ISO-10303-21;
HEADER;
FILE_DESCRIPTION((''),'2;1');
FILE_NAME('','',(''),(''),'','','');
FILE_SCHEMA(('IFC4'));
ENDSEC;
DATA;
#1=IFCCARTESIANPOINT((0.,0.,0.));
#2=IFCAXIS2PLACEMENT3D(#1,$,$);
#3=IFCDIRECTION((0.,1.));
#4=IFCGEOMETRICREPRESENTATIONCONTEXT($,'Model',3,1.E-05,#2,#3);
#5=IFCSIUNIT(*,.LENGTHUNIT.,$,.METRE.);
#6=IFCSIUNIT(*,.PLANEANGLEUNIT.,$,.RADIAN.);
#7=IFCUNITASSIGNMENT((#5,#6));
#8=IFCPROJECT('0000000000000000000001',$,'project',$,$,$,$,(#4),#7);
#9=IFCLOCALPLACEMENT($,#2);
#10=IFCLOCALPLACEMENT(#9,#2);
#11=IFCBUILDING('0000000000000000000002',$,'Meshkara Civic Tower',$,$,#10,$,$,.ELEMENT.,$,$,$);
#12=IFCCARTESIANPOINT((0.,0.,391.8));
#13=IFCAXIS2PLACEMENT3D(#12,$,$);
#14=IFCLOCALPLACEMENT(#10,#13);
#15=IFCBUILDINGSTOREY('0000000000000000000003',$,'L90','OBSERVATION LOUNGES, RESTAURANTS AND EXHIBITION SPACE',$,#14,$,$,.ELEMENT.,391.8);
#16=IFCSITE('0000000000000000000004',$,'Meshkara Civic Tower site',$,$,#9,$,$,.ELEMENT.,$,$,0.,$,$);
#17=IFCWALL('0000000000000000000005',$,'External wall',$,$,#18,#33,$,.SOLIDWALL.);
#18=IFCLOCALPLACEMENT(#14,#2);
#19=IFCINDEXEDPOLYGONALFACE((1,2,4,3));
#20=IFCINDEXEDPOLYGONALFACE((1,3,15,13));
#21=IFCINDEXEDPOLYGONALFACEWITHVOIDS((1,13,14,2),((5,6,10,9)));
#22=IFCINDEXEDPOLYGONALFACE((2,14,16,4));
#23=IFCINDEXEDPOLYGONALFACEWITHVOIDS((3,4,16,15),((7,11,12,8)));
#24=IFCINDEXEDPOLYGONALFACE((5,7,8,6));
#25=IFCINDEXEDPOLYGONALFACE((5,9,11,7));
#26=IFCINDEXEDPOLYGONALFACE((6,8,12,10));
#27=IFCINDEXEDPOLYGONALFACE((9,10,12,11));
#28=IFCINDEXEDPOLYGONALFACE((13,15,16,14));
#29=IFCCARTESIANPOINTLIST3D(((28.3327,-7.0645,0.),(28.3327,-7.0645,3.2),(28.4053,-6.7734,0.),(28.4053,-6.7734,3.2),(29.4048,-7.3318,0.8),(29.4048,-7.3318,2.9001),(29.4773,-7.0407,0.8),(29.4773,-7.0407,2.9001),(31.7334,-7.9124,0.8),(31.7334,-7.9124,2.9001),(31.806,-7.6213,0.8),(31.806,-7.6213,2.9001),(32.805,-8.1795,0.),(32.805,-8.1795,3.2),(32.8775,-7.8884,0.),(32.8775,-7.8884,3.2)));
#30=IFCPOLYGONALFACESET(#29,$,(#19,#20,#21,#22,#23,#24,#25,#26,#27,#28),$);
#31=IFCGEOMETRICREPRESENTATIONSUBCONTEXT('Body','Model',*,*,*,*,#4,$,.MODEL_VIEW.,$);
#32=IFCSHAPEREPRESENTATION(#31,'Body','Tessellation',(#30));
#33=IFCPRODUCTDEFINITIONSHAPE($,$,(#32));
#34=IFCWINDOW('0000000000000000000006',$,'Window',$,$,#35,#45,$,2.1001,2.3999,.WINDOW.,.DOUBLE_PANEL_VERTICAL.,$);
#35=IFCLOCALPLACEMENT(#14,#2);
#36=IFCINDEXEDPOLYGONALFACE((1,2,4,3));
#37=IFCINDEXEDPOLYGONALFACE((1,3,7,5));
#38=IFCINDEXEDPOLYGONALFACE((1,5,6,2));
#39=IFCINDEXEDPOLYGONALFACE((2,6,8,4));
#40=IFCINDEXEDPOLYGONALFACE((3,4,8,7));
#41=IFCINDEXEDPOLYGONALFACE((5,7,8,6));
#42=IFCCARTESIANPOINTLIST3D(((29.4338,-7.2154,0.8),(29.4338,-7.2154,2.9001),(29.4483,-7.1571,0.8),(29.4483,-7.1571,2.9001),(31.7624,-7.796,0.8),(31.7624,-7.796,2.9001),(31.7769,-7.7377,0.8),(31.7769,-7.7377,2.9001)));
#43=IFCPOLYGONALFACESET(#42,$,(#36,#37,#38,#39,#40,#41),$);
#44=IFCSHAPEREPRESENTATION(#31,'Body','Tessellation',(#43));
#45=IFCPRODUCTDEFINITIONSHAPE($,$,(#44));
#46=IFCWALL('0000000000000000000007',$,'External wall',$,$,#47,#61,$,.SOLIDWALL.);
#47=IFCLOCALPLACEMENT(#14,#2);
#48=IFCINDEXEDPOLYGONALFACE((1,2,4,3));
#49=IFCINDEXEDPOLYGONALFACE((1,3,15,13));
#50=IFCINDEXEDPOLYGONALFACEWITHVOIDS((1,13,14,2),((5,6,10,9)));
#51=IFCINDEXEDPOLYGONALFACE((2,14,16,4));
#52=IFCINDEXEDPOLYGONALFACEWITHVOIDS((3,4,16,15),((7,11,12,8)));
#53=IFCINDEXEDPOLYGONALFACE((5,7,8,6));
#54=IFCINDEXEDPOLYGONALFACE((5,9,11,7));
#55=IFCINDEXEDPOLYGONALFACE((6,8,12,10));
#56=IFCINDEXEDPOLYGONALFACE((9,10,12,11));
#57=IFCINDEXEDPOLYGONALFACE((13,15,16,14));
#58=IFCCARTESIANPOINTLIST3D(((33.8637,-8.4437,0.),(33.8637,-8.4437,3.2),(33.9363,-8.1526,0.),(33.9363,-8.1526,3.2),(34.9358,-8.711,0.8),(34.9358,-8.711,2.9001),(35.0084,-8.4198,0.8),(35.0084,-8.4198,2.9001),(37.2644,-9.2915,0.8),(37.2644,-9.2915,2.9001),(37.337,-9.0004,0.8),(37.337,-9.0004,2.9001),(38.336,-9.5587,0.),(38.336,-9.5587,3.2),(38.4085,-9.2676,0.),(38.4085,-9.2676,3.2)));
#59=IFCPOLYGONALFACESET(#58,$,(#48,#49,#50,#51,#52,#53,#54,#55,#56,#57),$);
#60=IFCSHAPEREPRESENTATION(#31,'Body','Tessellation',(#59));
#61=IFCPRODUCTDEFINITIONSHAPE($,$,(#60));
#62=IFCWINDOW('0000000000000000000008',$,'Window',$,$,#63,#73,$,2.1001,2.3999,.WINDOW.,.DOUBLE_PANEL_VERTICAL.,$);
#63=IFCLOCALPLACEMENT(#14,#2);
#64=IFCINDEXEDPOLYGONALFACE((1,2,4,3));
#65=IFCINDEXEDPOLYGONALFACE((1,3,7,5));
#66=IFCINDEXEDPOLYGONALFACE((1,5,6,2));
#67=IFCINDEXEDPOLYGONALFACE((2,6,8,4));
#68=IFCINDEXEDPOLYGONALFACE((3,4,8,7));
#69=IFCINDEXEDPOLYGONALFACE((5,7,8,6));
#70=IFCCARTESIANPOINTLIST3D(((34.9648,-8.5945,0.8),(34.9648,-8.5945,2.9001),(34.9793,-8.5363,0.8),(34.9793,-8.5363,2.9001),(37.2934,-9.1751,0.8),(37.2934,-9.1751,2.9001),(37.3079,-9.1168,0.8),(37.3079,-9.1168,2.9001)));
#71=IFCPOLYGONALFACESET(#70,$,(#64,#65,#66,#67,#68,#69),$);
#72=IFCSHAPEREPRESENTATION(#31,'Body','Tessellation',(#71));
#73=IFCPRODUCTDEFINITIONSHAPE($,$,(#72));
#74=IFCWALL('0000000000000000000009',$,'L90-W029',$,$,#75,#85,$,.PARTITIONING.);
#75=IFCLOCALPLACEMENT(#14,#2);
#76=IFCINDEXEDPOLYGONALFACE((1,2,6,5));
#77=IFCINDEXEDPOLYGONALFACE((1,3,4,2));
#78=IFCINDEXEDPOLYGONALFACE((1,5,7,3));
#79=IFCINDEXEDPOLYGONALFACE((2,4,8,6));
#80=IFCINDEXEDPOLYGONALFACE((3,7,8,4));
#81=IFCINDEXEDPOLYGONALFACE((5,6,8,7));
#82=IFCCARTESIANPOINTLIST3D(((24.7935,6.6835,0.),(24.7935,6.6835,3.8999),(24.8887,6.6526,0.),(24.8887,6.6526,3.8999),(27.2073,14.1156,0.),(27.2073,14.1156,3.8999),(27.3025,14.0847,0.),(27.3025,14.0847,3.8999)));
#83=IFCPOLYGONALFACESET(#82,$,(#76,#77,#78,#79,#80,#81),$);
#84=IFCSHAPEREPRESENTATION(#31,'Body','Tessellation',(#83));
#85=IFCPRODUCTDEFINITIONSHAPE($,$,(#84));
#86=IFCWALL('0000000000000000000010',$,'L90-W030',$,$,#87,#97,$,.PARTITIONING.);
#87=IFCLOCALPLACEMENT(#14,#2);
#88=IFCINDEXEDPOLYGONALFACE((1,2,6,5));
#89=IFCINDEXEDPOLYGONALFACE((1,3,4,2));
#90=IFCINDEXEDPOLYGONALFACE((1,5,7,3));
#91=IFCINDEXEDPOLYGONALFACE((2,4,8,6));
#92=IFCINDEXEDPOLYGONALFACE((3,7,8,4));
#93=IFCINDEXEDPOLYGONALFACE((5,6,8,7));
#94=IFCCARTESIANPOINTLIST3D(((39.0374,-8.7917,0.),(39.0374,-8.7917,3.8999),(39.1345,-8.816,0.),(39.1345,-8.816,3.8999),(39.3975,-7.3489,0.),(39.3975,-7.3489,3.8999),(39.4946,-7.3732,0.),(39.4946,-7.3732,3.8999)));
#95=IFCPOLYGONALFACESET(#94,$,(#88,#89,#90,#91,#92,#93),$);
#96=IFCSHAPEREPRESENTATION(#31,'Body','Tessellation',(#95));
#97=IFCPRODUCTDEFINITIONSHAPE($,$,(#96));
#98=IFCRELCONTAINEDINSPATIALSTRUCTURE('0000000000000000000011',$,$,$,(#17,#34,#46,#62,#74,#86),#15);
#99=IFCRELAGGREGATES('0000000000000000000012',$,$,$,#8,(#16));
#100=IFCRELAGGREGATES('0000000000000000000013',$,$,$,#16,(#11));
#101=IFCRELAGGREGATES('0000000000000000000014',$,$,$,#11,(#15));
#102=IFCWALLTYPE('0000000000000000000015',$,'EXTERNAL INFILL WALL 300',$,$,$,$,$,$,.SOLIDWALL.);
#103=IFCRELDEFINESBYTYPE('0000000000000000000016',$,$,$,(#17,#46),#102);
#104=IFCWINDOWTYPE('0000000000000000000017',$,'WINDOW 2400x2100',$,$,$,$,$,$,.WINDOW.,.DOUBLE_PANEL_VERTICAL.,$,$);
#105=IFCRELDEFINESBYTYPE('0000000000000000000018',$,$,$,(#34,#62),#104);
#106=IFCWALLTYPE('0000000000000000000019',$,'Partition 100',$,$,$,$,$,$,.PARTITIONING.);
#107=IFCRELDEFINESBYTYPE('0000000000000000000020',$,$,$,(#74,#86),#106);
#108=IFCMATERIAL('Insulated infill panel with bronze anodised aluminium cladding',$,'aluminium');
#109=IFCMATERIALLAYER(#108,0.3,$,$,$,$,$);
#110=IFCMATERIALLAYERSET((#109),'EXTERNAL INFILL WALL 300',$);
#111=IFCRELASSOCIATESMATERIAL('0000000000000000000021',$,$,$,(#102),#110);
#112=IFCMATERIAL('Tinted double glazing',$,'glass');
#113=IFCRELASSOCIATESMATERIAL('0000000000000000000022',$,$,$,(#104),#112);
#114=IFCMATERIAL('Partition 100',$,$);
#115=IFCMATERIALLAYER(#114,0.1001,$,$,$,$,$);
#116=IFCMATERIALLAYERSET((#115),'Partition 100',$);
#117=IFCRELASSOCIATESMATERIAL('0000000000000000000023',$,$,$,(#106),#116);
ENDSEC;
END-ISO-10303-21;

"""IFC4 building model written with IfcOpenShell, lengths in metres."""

from ifc_helpers import new_model, si_unit, direction, frame, frame_2d, origin, place, context, subcontext, project, spatial, rectangle, extrude, material, layer, layer_set, type_object, element, fill, save


model = new_model("IFC4")

# Units and contexts
model_context = context("Model", 3, precision=1e-05, world=origin(), true_north=direction((0.0, 1.0)))
body_context = subcontext(model_context, "Body", "Model", "MODEL_VIEW")
ifc_project = project(units=[si_unit("LENGTHUNIT", "METRE"), si_unit("PLANEANGLEUNIT", "RADIAN")], contexts=[model_context])

# Site, building, storey
site_placement = place(None, origin())
site = spatial("IfcSite", under=ifc_project, at=site_placement, Name="Meshkara Civic Tower site", CompositionType="ELEMENT", RefElevation=0.0)
building_placement = place(site_placement, origin())
building = spatial("IfcBuilding", under=site, at=building_placement, Name="Meshkara Civic Tower", CompositionType="ELEMENT")
storey_placement = place(building_placement, frame((0.0, 0.0, 391.8)))
storey = spatial("IfcBuildingStorey", under=building, at=storey_placement, Name="L90", Description="OBSERVATION LOUNGES, RESTAURANTS AND EXHIBITION SPACE", CompositionType="ELEMENT", Elevation=391.8)

# Walls, openings, windows
ifc_material_1 = material(Name="Insulated infill panel with bronze anodised aluminium cladding", Category="aluminium")
ifc_layer_1 = layer(ifc_material_1, 0.3)
ifc_layer_set_1 = layer_set([ifc_layer_1], Name="EXTERNAL INFILL WALL 300")
wall_type_1 = type_object("IfcWallType", Name="EXTERNAL INFILL WALL 300", PredefinedType="SOLIDWALL", material=ifc_layer_set_1)
wall_1_placement = place(storey_placement, frame((28.3689, -6.9189, 0.0), z_axis=(0.0, 0.0, 1.0), x_axis=(0.970298, -0.241912, 0.0)))
wall_1 = element("IfcWall", 1, at=wall_1_placement, inside=storey, type_object=wall_type_1, Name="External wall", PredefinedType="SOLIDWALL", context=body_context, shape_type="SweptSolid", body=[
    extrude(rectangle(XDim=4.6091, YDim=0.3, at=frame_2d((2.3047, 0.0))), origin(), (0.0, 0.0, 1.0), 3.2),
])
opening_1_placement = place(wall_1_placement, frame((1.105, 0.0, 0.8)))
opening_1 = element("IfcOpeningElement", 2, at=opening_1_placement, cuts=wall_1, PredefinedType="OPENING", context=body_context, shape_type="SweptSolid", body=[
    extrude(rectangle(XDim=2.3999, YDim=2.1001, at=frame_2d((1.2, 1.05))), frame((0.0, 0.1599, 0.0), z_axis=(0.0, -1.0, 0.0), x_axis=(1.0, 0.0, 0.0)), (0.0, 0.0, 1.0), 0.3201),
])
ifc_material_2 = material(Name="Tinted double glazing", Category="glass")
window_type = type_object("IfcWindowType", Name="WINDOW 2400x2100", PartitioningType="DOUBLE_PANEL_VERTICAL", PredefinedType="WINDOW", material=ifc_material_2)
window_1_placement = place(opening_1_placement, origin())
window_1 = element("IfcWindow", 3, at=window_1_placement, inside=storey, type_object=window_type, Name="Window", OverallHeight=2.1001, OverallWidth=2.3999, PartitioningType="DOUBLE_PANEL_VERTICAL", PredefinedType="WINDOW", context=body_context, shape_type="SweptSolid", body=[
    extrude(rectangle(XDim=2.3999, YDim=2.1001, at=frame_2d((1.2, 1.05))), frame((0.0, 0.03, 0.0), z_axis=(0.0, -1.0, 0.0), x_axis=(1.0, 0.0, 0.0)), (0.0, 0.0, 1.0), 0.0601),
])
fill(opening_1, window_1)
wall_2_placement = place(storey_placement, frame((33.8999, -8.2981, 0.0), z_axis=(0.0, 0.0, 1.0), x_axis=(0.970298, -0.241912, 0.0)))
wall_2 = element("IfcWall", 4, at=wall_2_placement, inside=storey, type_object=wall_type_1, Name="External wall", PredefinedType="SOLIDWALL", context=body_context, shape_type="SweptSolid", body=[
    extrude(rectangle(XDim=4.6091, YDim=0.3, at=frame_2d((2.3047, 0.0))), origin(), (0.0, 0.0, 1.0), 3.2),
])
opening_2_placement = place(wall_2_placement, frame((1.105, 0.0, 0.8)))
opening_2 = element("IfcOpeningElement", 5, at=opening_2_placement, cuts=wall_2, PredefinedType="OPENING", context=body_context, shape_type="SweptSolid", body=[
    extrude(rectangle(XDim=2.3999, YDim=2.1001, at=frame_2d((1.2, 1.05))), frame((0.0, 0.1599, 0.0), z_axis=(0.0, -1.0, 0.0), x_axis=(1.0, 0.0, 0.0)), (0.0, 0.0, 1.0), 0.3201),
])
window_2_placement = place(opening_2_placement, origin())
window_2 = element("IfcWindow", 6, at=window_2_placement, inside=storey, type_object=window_type, Name="Window", OverallHeight=2.1001, OverallWidth=2.3999, PartitioningType="DOUBLE_PANEL_VERTICAL", PredefinedType="WINDOW", context=body_context, shape_type="SweptSolid", body=[
    extrude(rectangle(XDim=2.3999, YDim=2.1001, at=frame_2d((1.2, 1.05))), frame((0.0, 0.03, 0.0), z_axis=(0.0, -1.0, 0.0), x_axis=(1.0, 0.0, 0.0)), (0.0, 0.0, 1.0), 0.0601),
])
fill(opening_2, window_2)

# Walls
ifc_material_3 = material(Name="Partition 100")
ifc_layer_2 = layer(ifc_material_3, 0.1001)
ifc_layer_set_2 = layer_set([ifc_layer_2], Name="Partition 100")
wall_type_2 = type_object("IfcWallType", Name="Partition 100", PredefinedType="PARTITIONING", material=ifc_layer_set_2)
wall_3_placement = place(storey_placement, frame((24.8411, 6.668, 0.0), z_axis=(0.0, 0.0, 1.0), x_axis=(0.308898, 0.951095, 0.0)))
element("IfcWall", 7, at=wall_3_placement, inside=storey, type_object=wall_type_2, Name="L90-W029", PredefinedType="PARTITIONING", context=body_context, shape_type="SweptSolid", body=[
    extrude(rectangle(XDim=7.8142, YDim=0.1001, at=frame_2d((3.9072, 0.0))), origin(), (0.0, 0.0, 1.0), 3.8999),
])
wall_4_placement = place(storey_placement, frame((39.0859, -8.804, 0.0), z_axis=(0.0, 0.0, 1.0), x_axis=(0.242149, 0.970239, 0.0)))
element("IfcWall", 8, at=wall_4_placement, inside=storey, type_object=wall_type_2, Name="L90-W030", PredefinedType="PARTITIONING", context=body_context, shape_type="SweptSolid", body=[
    extrude(rectangle(XDim=1.4871, YDim=0.1001, at=frame_2d((0.7437, 0.0))), origin(), (0.0, 0.0, 1.0), 3.8999),
])

save(model, "model.ifc")
